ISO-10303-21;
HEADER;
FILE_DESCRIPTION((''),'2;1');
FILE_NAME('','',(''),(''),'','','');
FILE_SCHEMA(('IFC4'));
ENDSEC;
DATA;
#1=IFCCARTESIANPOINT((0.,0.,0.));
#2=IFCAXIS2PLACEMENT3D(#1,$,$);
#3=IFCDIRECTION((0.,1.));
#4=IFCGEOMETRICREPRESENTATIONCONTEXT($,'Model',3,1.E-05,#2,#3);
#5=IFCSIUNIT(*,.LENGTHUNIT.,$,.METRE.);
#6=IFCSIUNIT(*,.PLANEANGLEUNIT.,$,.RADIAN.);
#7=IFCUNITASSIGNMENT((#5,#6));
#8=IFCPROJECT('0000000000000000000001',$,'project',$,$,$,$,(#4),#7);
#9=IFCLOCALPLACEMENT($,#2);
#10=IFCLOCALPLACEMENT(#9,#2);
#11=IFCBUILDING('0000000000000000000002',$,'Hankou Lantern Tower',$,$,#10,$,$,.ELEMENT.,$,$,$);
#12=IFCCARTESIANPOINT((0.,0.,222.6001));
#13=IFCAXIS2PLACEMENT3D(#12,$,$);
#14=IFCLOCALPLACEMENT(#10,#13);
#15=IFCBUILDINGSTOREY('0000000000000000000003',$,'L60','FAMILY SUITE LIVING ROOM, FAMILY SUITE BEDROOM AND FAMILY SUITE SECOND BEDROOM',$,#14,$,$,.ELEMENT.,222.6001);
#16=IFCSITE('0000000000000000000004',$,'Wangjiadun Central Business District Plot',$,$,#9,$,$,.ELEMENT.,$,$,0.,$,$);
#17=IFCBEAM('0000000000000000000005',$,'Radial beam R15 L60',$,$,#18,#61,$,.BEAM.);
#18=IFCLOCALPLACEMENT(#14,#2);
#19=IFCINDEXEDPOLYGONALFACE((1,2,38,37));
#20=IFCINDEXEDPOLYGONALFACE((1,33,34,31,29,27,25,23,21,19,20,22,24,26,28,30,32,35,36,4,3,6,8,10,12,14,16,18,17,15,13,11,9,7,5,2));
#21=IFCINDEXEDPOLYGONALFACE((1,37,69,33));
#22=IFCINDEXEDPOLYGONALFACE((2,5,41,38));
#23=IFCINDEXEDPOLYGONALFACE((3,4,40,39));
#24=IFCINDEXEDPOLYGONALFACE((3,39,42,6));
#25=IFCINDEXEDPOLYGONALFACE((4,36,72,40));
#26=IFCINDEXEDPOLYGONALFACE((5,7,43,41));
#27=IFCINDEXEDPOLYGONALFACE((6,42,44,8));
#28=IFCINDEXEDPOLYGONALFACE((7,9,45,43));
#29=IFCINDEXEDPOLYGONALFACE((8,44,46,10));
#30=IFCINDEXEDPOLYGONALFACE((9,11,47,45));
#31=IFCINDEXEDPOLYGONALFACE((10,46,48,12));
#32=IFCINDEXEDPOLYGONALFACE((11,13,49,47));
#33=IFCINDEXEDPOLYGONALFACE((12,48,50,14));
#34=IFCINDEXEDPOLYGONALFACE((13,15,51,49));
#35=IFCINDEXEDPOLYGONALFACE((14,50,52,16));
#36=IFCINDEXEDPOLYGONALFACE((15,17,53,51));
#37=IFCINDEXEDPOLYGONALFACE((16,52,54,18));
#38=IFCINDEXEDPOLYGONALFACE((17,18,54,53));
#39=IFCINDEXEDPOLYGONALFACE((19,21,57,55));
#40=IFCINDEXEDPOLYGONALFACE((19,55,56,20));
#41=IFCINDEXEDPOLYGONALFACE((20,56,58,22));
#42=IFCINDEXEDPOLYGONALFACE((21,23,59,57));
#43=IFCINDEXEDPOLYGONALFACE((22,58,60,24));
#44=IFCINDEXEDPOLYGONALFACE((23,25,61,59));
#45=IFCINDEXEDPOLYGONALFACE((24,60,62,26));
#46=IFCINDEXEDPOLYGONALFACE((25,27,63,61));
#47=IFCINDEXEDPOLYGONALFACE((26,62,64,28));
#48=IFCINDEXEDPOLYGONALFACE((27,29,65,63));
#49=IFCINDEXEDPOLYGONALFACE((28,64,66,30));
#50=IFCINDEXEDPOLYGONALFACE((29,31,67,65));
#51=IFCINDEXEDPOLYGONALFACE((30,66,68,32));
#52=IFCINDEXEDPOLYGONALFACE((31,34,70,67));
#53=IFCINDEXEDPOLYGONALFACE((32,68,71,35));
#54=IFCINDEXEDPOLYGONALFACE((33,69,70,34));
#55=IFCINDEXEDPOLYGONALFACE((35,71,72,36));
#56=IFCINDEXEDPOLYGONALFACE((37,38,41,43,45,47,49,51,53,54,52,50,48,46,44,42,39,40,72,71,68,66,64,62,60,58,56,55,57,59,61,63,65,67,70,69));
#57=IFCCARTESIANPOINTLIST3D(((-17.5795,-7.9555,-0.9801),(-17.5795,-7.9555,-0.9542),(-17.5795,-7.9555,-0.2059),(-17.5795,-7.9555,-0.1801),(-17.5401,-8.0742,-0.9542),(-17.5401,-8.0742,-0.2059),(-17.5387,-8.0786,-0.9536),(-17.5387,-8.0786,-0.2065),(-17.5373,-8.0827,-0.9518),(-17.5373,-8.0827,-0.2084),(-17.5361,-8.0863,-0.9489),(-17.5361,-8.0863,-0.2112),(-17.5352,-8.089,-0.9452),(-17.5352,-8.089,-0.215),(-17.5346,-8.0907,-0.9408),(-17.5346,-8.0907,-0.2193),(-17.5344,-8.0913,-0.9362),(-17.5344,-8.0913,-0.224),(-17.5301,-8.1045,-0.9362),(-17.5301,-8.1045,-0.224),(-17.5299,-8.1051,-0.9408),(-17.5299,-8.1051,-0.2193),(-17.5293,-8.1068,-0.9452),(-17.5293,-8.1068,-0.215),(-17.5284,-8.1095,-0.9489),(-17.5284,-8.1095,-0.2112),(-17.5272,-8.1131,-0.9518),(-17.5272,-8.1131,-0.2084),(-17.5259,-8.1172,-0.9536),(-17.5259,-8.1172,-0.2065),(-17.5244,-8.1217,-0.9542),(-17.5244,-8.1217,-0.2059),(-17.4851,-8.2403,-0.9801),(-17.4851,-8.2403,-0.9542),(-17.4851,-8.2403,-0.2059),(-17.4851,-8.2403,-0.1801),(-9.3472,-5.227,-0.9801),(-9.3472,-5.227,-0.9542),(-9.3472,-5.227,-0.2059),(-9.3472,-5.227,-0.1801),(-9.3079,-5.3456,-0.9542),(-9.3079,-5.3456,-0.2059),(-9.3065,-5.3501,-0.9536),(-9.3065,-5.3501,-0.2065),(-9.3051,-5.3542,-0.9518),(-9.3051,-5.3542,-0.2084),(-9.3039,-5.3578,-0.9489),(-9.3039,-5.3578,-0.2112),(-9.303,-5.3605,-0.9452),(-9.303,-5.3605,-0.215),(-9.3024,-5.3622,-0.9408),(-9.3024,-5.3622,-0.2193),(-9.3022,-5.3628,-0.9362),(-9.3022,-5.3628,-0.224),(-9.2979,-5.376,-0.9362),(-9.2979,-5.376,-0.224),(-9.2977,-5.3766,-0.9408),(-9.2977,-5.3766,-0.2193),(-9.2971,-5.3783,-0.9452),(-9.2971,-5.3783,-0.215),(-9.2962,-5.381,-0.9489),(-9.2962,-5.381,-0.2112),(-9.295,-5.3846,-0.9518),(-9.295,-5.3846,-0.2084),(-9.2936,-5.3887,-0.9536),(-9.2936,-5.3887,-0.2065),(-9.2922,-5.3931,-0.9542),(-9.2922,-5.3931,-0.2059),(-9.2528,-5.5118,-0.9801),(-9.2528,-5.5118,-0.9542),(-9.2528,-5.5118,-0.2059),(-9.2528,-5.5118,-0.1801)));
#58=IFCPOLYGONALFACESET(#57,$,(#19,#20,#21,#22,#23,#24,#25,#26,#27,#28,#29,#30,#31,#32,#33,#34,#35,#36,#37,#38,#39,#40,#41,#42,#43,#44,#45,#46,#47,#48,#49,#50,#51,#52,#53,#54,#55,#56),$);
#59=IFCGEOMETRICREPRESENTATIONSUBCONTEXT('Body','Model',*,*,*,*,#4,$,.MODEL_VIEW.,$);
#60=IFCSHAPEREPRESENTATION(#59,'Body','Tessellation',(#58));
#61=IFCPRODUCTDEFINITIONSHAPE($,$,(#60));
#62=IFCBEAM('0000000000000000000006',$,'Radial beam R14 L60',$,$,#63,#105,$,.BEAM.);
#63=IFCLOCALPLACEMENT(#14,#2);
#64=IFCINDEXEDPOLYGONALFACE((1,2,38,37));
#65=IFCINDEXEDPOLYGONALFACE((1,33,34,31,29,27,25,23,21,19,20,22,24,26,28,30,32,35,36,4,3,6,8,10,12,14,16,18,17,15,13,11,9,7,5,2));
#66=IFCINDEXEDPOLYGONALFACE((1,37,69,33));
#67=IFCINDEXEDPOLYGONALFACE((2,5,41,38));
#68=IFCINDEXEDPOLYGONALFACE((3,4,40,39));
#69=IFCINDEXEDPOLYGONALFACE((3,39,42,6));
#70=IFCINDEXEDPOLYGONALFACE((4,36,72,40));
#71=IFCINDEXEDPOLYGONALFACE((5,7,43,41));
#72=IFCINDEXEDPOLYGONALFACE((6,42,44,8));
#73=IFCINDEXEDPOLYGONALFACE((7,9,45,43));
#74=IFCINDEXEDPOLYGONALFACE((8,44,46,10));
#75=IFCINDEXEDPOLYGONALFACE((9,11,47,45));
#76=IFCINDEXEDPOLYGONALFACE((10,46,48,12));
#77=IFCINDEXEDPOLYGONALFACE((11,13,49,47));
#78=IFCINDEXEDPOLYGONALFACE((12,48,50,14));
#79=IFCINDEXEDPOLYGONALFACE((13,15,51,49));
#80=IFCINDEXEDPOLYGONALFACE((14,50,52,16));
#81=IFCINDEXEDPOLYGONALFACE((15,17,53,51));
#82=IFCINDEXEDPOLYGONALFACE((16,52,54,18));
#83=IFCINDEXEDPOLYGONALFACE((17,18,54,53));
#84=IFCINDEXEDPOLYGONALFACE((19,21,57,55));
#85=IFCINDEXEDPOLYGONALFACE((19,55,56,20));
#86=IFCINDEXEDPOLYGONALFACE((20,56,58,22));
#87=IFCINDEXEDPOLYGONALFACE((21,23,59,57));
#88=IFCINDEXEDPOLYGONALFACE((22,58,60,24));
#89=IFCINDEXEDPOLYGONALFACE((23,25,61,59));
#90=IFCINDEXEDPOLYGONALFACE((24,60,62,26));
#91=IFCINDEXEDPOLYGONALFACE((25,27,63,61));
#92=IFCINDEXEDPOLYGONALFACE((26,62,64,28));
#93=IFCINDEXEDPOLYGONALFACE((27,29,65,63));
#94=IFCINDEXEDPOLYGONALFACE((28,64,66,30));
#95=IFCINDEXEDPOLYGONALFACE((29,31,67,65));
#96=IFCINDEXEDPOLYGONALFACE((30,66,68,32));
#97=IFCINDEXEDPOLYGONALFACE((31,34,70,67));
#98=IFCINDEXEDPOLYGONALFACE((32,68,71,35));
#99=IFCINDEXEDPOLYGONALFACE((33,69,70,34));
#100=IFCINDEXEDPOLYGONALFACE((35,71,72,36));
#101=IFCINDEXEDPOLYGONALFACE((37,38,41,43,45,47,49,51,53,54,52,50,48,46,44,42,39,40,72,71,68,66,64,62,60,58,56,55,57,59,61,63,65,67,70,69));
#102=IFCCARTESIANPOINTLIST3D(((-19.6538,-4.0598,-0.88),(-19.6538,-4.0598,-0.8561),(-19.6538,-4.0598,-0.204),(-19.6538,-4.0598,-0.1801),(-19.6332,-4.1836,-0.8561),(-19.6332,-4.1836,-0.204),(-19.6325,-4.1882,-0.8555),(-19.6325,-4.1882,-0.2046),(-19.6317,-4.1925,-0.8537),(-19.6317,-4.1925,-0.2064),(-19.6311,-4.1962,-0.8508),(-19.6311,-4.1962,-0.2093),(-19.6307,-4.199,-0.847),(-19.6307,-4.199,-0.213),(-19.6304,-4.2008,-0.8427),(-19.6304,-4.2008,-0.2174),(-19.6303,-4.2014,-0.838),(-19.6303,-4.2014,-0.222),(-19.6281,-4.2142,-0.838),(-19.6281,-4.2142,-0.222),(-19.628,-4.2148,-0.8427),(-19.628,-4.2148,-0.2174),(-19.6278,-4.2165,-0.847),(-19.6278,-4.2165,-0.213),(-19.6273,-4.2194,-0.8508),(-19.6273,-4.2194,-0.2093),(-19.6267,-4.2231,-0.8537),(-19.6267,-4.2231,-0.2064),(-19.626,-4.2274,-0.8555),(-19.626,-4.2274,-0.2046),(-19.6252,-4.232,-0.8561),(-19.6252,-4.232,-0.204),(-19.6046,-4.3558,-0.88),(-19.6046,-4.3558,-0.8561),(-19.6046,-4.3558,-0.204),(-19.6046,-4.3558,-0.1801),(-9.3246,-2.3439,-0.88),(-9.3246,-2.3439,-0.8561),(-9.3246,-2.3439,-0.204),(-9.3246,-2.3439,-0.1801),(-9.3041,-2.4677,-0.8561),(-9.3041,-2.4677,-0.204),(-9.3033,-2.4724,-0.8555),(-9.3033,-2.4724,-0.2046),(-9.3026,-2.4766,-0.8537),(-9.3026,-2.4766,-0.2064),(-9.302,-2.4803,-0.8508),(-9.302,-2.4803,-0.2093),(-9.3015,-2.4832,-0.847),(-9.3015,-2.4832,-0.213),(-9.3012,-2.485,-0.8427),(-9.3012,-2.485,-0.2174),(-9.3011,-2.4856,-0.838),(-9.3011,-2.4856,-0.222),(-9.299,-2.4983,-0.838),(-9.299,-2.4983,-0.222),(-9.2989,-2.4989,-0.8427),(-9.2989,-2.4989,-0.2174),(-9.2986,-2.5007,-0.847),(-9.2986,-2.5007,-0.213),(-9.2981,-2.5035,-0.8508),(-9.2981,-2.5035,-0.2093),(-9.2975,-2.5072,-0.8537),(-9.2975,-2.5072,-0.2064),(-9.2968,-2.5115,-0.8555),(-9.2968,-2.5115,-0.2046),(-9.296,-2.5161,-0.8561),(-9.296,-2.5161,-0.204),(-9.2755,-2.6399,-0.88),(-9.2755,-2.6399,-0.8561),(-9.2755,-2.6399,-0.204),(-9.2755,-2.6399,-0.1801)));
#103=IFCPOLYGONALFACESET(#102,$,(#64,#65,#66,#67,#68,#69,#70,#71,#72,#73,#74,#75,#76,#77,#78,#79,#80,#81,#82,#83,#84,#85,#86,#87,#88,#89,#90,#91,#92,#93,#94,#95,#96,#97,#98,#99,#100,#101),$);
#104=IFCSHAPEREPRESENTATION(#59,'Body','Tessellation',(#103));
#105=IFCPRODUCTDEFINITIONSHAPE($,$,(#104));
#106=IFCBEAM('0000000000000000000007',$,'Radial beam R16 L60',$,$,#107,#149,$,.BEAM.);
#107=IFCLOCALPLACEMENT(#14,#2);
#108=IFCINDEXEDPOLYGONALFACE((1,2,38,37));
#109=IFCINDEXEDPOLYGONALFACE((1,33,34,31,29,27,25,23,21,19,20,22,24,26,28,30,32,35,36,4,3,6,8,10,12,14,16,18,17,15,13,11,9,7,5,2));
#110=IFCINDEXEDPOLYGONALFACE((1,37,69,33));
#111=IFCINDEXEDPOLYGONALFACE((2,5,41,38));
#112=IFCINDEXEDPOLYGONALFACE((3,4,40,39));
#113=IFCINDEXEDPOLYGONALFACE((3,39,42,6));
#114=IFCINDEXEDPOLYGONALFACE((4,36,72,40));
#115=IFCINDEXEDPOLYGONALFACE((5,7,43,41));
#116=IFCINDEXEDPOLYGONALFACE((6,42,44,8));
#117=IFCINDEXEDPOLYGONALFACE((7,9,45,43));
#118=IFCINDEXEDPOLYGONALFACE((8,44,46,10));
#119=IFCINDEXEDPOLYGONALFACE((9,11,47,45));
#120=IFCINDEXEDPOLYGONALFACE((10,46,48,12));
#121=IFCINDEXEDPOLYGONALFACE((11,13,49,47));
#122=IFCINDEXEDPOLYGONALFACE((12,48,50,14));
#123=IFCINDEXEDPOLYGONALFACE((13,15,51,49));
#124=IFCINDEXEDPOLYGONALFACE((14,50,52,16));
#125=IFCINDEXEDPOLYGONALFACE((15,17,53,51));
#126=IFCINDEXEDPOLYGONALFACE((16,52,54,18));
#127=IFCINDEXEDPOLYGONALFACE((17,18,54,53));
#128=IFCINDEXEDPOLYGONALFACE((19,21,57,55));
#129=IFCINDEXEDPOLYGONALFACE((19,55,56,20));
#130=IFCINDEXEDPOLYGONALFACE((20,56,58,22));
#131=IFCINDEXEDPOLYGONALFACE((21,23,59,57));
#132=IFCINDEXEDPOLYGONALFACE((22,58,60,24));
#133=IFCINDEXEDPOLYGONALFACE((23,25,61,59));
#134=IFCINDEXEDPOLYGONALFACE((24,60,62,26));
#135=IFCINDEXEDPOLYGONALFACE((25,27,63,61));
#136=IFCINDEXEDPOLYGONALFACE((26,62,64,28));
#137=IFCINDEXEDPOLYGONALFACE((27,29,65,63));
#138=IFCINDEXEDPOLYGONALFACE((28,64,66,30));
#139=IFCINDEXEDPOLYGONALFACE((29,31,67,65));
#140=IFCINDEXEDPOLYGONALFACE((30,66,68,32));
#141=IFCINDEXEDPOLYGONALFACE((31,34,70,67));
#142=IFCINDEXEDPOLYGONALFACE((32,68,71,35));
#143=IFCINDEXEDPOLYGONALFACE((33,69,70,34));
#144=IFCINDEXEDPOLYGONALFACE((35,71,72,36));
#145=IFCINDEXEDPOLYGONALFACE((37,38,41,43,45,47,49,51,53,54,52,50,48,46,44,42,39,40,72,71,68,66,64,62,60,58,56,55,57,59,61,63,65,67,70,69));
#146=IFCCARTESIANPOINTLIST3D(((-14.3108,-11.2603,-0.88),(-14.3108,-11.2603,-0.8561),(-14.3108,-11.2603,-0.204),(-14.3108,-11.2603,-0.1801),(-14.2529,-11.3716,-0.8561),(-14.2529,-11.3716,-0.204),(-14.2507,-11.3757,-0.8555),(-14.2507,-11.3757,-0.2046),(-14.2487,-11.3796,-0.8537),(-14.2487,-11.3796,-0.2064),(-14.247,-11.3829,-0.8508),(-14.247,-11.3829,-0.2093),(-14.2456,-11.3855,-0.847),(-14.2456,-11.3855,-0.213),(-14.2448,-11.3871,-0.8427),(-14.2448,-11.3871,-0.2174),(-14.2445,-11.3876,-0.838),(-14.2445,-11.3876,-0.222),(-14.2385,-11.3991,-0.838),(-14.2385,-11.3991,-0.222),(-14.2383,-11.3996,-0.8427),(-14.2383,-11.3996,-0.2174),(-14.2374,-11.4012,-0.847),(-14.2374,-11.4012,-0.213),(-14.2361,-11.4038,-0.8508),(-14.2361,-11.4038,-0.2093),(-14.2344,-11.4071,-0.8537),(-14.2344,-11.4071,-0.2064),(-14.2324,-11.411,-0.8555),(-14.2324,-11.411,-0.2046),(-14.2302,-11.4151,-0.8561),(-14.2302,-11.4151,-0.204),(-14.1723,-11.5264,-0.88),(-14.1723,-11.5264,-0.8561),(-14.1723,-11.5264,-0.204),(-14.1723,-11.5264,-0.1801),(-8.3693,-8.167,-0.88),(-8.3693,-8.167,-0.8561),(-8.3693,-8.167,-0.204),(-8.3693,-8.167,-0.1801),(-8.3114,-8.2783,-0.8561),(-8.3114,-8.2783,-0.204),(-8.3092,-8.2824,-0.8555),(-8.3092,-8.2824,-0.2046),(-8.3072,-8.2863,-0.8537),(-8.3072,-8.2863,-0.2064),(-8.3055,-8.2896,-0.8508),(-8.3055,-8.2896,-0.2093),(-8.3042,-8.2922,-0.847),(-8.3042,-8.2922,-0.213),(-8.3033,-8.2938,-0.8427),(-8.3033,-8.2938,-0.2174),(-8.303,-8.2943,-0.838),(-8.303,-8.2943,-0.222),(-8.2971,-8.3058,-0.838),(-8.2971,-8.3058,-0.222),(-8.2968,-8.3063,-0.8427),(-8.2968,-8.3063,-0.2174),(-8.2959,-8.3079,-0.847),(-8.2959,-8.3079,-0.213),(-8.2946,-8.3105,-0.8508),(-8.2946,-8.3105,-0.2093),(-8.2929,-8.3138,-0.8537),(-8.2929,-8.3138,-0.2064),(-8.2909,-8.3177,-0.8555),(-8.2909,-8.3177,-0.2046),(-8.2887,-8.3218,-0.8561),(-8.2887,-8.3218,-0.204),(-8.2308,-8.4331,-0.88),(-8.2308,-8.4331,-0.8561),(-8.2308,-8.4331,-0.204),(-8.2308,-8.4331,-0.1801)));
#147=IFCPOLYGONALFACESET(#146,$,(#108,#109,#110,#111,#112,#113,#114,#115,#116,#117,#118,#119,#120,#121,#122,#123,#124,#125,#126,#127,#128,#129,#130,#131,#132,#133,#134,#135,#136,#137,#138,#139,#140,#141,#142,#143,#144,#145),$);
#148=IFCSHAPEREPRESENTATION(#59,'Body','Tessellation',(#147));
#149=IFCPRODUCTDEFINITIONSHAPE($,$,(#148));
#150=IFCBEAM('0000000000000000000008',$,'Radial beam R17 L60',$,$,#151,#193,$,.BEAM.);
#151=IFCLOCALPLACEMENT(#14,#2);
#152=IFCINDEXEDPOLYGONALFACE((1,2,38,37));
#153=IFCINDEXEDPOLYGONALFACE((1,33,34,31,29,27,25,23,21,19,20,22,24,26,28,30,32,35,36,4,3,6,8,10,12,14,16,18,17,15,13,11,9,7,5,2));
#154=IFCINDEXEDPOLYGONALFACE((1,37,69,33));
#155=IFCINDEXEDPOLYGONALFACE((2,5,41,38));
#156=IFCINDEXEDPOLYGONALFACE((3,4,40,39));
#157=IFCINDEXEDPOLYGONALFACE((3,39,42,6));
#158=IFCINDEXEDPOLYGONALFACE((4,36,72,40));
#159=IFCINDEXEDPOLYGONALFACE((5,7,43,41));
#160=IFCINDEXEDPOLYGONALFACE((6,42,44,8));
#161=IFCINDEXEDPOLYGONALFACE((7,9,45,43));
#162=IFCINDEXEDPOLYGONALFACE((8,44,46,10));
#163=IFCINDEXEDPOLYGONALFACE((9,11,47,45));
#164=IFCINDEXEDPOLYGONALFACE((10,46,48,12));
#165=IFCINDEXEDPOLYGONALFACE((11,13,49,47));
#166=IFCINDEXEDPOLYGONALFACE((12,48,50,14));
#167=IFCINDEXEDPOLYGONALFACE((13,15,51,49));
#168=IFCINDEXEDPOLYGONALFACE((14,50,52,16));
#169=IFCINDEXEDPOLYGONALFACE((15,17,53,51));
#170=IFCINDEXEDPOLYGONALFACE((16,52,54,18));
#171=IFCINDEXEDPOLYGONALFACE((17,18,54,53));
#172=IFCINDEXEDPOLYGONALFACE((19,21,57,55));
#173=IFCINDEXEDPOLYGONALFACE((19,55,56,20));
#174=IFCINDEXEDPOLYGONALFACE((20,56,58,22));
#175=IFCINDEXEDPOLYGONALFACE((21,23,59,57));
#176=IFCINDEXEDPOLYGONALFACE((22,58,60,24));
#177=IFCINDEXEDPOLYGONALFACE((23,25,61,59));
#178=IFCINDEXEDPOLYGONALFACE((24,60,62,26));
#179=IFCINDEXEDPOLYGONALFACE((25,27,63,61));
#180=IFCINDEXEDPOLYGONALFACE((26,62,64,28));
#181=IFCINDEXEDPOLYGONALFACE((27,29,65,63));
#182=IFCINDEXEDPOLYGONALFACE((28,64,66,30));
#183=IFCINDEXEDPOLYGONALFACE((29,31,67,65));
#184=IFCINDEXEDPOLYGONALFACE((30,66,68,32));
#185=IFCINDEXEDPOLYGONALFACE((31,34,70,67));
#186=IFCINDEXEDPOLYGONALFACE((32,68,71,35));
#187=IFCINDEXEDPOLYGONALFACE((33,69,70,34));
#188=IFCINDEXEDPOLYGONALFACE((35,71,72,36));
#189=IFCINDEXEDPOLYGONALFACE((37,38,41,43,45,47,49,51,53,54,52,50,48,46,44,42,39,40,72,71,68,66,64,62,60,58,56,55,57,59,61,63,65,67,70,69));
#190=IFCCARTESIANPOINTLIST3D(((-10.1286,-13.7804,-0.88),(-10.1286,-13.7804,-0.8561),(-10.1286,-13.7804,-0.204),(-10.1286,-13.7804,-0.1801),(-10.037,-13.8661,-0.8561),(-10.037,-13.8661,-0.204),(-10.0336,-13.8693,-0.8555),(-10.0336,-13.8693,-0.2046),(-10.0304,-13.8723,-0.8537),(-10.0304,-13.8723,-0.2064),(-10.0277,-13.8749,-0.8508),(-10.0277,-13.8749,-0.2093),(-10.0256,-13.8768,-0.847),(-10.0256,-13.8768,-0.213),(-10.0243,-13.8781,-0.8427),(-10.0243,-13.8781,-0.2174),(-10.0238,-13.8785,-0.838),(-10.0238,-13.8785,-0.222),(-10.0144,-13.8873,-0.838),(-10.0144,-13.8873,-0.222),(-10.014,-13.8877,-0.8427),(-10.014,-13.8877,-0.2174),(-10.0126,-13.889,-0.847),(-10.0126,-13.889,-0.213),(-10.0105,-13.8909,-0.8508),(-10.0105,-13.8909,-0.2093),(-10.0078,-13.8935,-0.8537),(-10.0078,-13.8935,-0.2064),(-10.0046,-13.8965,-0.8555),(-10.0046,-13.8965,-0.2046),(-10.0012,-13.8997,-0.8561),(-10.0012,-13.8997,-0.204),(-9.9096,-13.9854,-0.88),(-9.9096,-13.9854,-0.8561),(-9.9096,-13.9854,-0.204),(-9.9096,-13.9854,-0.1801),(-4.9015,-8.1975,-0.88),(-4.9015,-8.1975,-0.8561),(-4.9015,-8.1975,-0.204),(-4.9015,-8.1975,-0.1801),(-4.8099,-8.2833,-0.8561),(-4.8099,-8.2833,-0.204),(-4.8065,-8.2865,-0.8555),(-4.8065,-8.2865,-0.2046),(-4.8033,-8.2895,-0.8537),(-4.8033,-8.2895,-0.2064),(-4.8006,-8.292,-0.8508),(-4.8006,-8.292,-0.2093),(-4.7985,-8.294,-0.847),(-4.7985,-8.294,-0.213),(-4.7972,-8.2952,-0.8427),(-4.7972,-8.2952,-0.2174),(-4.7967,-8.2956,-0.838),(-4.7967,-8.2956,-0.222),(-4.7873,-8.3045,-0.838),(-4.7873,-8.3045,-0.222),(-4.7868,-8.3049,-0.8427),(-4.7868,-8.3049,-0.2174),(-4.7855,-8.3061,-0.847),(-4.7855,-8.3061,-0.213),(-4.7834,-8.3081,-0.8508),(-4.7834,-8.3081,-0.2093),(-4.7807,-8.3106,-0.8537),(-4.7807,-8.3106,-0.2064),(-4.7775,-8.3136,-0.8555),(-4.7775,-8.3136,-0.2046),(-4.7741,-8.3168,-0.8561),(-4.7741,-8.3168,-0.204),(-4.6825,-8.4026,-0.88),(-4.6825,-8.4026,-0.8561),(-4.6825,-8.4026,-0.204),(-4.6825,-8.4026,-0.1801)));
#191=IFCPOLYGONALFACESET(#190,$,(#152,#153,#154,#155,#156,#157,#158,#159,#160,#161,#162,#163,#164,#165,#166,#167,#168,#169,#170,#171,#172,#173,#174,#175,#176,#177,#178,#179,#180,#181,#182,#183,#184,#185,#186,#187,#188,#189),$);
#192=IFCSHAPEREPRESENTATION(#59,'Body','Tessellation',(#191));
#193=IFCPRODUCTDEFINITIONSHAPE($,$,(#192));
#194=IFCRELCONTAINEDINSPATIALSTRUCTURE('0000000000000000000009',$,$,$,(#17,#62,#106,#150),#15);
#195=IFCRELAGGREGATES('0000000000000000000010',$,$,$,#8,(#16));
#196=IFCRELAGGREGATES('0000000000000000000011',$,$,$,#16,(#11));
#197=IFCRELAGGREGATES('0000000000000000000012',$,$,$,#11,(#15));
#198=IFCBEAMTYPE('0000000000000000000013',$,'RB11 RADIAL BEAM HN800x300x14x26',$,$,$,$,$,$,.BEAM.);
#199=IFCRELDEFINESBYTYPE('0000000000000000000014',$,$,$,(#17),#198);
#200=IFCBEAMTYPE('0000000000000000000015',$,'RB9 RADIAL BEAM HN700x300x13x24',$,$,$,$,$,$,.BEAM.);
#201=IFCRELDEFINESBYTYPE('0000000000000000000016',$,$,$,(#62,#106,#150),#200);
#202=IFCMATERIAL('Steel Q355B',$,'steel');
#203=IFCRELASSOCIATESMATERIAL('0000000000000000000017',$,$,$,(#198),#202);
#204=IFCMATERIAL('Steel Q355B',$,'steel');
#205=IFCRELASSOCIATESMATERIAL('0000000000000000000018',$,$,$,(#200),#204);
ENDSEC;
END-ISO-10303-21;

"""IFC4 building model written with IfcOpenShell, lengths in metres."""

from ifc_helpers import new_model, si_unit, direction, frame, origin, origin_2d, place, context, subcontext, project, spatial, i_section, extrude, material, material_profile, profile_set, type_object, element, save


model = new_model("IFC4")

# Units and contexts
model_context = context("Model", 3, precision=1e-05, world=origin(), true_north=direction((0.0, 1.0)))
body_context = subcontext(model_context, "Body", "Model", "MODEL_VIEW")
ifc_project = project(units=[si_unit("LENGTHUNIT", "METRE"), si_unit("PLANEANGLEUNIT", "RADIAN")], contexts=[model_context])

# Site, building, storey
site_placement = place(None, origin())
site = spatial("IfcSite", under=ifc_project, at=site_placement, Name="Wangjiadun Central Business District Plot", CompositionType="ELEMENT", RefElevation=0.0)
building_placement = place(site_placement, origin())
building = spatial("IfcBuilding", under=site, at=building_placement, Name="Hankou Lantern Tower", CompositionType="ELEMENT")
storey_placement = place(building_placement, frame((0.0, 0.0, 222.6001)))
storey = spatial("IfcBuildingStorey", under=building, at=storey_placement, Name="L60", Description="FAMILY SUITE LIVING ROOM, FAMILY SUITE BEDROOM AND FAMILY SUITE SECOND BEDROOM", CompositionType="ELEMENT", Elevation=222.6001)

# Beams
ifc_material_1 = material(Name="Steel Q355B", Category="steel")
ifc_material_profile_1 = material_profile(ifc_material_1, i_section(OverallWidth=0.3, OverallDepth=0.8, WebThickness=0.0139, FlangeThickness=0.0259, FilletRadius=0.0181, at=origin_2d()), Name="HN800x300x14x26")
ifc_profile_set_1 = profile_set([ifc_material_profile_1], Name="Steel Q355B")
beam_type_1 = type_object("IfcBeamType", Name="RB11 RADIAL BEAM HN800x300x14x26", PredefinedType="BEAM", material=ifc_profile_set_1)
beam_1_placement = place(storey_placement, frame((-9.3, -5.3694, -0.5801), z_axis=(-0.94922, -0.314614, 0.0), x_axis=(0.314614, -0.94922, 0.0)))
element("IfcBeam", 1, at=beam_1_placement, inside=storey, type_object=beam_type_1, Name="Radial beam R15 L60", PredefinedType="BEAM", context=body_context, shape_type="SweptSolid", body=[
    extrude(i_section(OverallWidth=0.3, OverallDepth=0.8, WebThickness=0.0139, FlangeThickness=0.0259, FilletRadius=0.0181, at=origin_2d()), origin(), (0.0, 0.0, 1.0), 8.6726),
])
ifc_material_2 = material(Name="Steel Q355B", Category="steel")
ifc_material_profile_2 = material_profile(ifc_material_2, i_section(OverallWidth=0.3, OverallDepth=0.7, WebThickness=0.0129, FlangeThickness=0.0239, FilletRadius=0.0181, at=origin_2d()), Name="HN700x300x13x24")
ifc_profile_set_2 = profile_set([ifc_material_profile_2], Name="Steel Q355B")
beam_type_2 = type_object("IfcBeamType", Name="RB9 RADIAL BEAM HN700x300x13x24", PredefinedType="BEAM", material=ifc_profile_set_2)
beam_2_placement = place(storey_placement, frame((-9.3, -2.4919, -0.53), z_axis=(-0.986482, -0.16387, 0.0), x_axis=(0.16387, -0.986482, 0.0)))
element("IfcBeam", 2, at=beam_2_placement, inside=storey, type_object=beam_type_2, Name="Radial beam R14 L60", PredefinedType="BEAM", context=body_context, shape_type="SweptSolid", body=[
    extrude(i_section(OverallWidth=0.3, OverallDepth=0.7, WebThickness=0.0129, FlangeThickness=0.0239, FilletRadius=0.0181, at=origin_2d()), origin(), (0.0, 0.0, 1.0), 10.4707),
])
beam_3_placement = place(storey_placement, frame((-8.3, -8.3, -0.53), z_axis=(-0.886989, -0.461791, 0.0), x_axis=(0.461791, -0.886989, 0.0)))
element("IfcBeam", 3, at=beam_3_placement, inside=storey, type_object=beam_type_2, Name="Radial beam R16 L60", PredefinedType="BEAM", context=body_context, shape_type="SweptSolid", body=[
    extrude(i_section(OverallWidth=0.3, OverallDepth=0.7, WebThickness=0.0129, FlangeThickness=0.0239, FilletRadius=0.0181, at=origin_2d()), origin(), (0.0, 0.0, 1.0), 6.6985),
])
beam_4_placement = place(storey_placement, frame((-4.792, -8.3, -0.53), z_axis=(-0.683468, -0.72998, 0.0), x_axis=(0.72998, -0.683468, 0.0)))
element("IfcBeam", 4, at=beam_4_placement, inside=storey, type_object=beam_type_2, Name="Radial beam R17 L60", PredefinedType="BEAM", context=body_context, shape_type="SweptSolid", body=[
    extrude(i_section(OverallWidth=0.3, OverallDepth=0.7, WebThickness=0.0129, FlangeThickness=0.0239, FilletRadius=0.0181, at=origin_2d()), origin(), (0.0, 0.0, 1.0), 7.6479),
])

save(model, "model.ifc")
